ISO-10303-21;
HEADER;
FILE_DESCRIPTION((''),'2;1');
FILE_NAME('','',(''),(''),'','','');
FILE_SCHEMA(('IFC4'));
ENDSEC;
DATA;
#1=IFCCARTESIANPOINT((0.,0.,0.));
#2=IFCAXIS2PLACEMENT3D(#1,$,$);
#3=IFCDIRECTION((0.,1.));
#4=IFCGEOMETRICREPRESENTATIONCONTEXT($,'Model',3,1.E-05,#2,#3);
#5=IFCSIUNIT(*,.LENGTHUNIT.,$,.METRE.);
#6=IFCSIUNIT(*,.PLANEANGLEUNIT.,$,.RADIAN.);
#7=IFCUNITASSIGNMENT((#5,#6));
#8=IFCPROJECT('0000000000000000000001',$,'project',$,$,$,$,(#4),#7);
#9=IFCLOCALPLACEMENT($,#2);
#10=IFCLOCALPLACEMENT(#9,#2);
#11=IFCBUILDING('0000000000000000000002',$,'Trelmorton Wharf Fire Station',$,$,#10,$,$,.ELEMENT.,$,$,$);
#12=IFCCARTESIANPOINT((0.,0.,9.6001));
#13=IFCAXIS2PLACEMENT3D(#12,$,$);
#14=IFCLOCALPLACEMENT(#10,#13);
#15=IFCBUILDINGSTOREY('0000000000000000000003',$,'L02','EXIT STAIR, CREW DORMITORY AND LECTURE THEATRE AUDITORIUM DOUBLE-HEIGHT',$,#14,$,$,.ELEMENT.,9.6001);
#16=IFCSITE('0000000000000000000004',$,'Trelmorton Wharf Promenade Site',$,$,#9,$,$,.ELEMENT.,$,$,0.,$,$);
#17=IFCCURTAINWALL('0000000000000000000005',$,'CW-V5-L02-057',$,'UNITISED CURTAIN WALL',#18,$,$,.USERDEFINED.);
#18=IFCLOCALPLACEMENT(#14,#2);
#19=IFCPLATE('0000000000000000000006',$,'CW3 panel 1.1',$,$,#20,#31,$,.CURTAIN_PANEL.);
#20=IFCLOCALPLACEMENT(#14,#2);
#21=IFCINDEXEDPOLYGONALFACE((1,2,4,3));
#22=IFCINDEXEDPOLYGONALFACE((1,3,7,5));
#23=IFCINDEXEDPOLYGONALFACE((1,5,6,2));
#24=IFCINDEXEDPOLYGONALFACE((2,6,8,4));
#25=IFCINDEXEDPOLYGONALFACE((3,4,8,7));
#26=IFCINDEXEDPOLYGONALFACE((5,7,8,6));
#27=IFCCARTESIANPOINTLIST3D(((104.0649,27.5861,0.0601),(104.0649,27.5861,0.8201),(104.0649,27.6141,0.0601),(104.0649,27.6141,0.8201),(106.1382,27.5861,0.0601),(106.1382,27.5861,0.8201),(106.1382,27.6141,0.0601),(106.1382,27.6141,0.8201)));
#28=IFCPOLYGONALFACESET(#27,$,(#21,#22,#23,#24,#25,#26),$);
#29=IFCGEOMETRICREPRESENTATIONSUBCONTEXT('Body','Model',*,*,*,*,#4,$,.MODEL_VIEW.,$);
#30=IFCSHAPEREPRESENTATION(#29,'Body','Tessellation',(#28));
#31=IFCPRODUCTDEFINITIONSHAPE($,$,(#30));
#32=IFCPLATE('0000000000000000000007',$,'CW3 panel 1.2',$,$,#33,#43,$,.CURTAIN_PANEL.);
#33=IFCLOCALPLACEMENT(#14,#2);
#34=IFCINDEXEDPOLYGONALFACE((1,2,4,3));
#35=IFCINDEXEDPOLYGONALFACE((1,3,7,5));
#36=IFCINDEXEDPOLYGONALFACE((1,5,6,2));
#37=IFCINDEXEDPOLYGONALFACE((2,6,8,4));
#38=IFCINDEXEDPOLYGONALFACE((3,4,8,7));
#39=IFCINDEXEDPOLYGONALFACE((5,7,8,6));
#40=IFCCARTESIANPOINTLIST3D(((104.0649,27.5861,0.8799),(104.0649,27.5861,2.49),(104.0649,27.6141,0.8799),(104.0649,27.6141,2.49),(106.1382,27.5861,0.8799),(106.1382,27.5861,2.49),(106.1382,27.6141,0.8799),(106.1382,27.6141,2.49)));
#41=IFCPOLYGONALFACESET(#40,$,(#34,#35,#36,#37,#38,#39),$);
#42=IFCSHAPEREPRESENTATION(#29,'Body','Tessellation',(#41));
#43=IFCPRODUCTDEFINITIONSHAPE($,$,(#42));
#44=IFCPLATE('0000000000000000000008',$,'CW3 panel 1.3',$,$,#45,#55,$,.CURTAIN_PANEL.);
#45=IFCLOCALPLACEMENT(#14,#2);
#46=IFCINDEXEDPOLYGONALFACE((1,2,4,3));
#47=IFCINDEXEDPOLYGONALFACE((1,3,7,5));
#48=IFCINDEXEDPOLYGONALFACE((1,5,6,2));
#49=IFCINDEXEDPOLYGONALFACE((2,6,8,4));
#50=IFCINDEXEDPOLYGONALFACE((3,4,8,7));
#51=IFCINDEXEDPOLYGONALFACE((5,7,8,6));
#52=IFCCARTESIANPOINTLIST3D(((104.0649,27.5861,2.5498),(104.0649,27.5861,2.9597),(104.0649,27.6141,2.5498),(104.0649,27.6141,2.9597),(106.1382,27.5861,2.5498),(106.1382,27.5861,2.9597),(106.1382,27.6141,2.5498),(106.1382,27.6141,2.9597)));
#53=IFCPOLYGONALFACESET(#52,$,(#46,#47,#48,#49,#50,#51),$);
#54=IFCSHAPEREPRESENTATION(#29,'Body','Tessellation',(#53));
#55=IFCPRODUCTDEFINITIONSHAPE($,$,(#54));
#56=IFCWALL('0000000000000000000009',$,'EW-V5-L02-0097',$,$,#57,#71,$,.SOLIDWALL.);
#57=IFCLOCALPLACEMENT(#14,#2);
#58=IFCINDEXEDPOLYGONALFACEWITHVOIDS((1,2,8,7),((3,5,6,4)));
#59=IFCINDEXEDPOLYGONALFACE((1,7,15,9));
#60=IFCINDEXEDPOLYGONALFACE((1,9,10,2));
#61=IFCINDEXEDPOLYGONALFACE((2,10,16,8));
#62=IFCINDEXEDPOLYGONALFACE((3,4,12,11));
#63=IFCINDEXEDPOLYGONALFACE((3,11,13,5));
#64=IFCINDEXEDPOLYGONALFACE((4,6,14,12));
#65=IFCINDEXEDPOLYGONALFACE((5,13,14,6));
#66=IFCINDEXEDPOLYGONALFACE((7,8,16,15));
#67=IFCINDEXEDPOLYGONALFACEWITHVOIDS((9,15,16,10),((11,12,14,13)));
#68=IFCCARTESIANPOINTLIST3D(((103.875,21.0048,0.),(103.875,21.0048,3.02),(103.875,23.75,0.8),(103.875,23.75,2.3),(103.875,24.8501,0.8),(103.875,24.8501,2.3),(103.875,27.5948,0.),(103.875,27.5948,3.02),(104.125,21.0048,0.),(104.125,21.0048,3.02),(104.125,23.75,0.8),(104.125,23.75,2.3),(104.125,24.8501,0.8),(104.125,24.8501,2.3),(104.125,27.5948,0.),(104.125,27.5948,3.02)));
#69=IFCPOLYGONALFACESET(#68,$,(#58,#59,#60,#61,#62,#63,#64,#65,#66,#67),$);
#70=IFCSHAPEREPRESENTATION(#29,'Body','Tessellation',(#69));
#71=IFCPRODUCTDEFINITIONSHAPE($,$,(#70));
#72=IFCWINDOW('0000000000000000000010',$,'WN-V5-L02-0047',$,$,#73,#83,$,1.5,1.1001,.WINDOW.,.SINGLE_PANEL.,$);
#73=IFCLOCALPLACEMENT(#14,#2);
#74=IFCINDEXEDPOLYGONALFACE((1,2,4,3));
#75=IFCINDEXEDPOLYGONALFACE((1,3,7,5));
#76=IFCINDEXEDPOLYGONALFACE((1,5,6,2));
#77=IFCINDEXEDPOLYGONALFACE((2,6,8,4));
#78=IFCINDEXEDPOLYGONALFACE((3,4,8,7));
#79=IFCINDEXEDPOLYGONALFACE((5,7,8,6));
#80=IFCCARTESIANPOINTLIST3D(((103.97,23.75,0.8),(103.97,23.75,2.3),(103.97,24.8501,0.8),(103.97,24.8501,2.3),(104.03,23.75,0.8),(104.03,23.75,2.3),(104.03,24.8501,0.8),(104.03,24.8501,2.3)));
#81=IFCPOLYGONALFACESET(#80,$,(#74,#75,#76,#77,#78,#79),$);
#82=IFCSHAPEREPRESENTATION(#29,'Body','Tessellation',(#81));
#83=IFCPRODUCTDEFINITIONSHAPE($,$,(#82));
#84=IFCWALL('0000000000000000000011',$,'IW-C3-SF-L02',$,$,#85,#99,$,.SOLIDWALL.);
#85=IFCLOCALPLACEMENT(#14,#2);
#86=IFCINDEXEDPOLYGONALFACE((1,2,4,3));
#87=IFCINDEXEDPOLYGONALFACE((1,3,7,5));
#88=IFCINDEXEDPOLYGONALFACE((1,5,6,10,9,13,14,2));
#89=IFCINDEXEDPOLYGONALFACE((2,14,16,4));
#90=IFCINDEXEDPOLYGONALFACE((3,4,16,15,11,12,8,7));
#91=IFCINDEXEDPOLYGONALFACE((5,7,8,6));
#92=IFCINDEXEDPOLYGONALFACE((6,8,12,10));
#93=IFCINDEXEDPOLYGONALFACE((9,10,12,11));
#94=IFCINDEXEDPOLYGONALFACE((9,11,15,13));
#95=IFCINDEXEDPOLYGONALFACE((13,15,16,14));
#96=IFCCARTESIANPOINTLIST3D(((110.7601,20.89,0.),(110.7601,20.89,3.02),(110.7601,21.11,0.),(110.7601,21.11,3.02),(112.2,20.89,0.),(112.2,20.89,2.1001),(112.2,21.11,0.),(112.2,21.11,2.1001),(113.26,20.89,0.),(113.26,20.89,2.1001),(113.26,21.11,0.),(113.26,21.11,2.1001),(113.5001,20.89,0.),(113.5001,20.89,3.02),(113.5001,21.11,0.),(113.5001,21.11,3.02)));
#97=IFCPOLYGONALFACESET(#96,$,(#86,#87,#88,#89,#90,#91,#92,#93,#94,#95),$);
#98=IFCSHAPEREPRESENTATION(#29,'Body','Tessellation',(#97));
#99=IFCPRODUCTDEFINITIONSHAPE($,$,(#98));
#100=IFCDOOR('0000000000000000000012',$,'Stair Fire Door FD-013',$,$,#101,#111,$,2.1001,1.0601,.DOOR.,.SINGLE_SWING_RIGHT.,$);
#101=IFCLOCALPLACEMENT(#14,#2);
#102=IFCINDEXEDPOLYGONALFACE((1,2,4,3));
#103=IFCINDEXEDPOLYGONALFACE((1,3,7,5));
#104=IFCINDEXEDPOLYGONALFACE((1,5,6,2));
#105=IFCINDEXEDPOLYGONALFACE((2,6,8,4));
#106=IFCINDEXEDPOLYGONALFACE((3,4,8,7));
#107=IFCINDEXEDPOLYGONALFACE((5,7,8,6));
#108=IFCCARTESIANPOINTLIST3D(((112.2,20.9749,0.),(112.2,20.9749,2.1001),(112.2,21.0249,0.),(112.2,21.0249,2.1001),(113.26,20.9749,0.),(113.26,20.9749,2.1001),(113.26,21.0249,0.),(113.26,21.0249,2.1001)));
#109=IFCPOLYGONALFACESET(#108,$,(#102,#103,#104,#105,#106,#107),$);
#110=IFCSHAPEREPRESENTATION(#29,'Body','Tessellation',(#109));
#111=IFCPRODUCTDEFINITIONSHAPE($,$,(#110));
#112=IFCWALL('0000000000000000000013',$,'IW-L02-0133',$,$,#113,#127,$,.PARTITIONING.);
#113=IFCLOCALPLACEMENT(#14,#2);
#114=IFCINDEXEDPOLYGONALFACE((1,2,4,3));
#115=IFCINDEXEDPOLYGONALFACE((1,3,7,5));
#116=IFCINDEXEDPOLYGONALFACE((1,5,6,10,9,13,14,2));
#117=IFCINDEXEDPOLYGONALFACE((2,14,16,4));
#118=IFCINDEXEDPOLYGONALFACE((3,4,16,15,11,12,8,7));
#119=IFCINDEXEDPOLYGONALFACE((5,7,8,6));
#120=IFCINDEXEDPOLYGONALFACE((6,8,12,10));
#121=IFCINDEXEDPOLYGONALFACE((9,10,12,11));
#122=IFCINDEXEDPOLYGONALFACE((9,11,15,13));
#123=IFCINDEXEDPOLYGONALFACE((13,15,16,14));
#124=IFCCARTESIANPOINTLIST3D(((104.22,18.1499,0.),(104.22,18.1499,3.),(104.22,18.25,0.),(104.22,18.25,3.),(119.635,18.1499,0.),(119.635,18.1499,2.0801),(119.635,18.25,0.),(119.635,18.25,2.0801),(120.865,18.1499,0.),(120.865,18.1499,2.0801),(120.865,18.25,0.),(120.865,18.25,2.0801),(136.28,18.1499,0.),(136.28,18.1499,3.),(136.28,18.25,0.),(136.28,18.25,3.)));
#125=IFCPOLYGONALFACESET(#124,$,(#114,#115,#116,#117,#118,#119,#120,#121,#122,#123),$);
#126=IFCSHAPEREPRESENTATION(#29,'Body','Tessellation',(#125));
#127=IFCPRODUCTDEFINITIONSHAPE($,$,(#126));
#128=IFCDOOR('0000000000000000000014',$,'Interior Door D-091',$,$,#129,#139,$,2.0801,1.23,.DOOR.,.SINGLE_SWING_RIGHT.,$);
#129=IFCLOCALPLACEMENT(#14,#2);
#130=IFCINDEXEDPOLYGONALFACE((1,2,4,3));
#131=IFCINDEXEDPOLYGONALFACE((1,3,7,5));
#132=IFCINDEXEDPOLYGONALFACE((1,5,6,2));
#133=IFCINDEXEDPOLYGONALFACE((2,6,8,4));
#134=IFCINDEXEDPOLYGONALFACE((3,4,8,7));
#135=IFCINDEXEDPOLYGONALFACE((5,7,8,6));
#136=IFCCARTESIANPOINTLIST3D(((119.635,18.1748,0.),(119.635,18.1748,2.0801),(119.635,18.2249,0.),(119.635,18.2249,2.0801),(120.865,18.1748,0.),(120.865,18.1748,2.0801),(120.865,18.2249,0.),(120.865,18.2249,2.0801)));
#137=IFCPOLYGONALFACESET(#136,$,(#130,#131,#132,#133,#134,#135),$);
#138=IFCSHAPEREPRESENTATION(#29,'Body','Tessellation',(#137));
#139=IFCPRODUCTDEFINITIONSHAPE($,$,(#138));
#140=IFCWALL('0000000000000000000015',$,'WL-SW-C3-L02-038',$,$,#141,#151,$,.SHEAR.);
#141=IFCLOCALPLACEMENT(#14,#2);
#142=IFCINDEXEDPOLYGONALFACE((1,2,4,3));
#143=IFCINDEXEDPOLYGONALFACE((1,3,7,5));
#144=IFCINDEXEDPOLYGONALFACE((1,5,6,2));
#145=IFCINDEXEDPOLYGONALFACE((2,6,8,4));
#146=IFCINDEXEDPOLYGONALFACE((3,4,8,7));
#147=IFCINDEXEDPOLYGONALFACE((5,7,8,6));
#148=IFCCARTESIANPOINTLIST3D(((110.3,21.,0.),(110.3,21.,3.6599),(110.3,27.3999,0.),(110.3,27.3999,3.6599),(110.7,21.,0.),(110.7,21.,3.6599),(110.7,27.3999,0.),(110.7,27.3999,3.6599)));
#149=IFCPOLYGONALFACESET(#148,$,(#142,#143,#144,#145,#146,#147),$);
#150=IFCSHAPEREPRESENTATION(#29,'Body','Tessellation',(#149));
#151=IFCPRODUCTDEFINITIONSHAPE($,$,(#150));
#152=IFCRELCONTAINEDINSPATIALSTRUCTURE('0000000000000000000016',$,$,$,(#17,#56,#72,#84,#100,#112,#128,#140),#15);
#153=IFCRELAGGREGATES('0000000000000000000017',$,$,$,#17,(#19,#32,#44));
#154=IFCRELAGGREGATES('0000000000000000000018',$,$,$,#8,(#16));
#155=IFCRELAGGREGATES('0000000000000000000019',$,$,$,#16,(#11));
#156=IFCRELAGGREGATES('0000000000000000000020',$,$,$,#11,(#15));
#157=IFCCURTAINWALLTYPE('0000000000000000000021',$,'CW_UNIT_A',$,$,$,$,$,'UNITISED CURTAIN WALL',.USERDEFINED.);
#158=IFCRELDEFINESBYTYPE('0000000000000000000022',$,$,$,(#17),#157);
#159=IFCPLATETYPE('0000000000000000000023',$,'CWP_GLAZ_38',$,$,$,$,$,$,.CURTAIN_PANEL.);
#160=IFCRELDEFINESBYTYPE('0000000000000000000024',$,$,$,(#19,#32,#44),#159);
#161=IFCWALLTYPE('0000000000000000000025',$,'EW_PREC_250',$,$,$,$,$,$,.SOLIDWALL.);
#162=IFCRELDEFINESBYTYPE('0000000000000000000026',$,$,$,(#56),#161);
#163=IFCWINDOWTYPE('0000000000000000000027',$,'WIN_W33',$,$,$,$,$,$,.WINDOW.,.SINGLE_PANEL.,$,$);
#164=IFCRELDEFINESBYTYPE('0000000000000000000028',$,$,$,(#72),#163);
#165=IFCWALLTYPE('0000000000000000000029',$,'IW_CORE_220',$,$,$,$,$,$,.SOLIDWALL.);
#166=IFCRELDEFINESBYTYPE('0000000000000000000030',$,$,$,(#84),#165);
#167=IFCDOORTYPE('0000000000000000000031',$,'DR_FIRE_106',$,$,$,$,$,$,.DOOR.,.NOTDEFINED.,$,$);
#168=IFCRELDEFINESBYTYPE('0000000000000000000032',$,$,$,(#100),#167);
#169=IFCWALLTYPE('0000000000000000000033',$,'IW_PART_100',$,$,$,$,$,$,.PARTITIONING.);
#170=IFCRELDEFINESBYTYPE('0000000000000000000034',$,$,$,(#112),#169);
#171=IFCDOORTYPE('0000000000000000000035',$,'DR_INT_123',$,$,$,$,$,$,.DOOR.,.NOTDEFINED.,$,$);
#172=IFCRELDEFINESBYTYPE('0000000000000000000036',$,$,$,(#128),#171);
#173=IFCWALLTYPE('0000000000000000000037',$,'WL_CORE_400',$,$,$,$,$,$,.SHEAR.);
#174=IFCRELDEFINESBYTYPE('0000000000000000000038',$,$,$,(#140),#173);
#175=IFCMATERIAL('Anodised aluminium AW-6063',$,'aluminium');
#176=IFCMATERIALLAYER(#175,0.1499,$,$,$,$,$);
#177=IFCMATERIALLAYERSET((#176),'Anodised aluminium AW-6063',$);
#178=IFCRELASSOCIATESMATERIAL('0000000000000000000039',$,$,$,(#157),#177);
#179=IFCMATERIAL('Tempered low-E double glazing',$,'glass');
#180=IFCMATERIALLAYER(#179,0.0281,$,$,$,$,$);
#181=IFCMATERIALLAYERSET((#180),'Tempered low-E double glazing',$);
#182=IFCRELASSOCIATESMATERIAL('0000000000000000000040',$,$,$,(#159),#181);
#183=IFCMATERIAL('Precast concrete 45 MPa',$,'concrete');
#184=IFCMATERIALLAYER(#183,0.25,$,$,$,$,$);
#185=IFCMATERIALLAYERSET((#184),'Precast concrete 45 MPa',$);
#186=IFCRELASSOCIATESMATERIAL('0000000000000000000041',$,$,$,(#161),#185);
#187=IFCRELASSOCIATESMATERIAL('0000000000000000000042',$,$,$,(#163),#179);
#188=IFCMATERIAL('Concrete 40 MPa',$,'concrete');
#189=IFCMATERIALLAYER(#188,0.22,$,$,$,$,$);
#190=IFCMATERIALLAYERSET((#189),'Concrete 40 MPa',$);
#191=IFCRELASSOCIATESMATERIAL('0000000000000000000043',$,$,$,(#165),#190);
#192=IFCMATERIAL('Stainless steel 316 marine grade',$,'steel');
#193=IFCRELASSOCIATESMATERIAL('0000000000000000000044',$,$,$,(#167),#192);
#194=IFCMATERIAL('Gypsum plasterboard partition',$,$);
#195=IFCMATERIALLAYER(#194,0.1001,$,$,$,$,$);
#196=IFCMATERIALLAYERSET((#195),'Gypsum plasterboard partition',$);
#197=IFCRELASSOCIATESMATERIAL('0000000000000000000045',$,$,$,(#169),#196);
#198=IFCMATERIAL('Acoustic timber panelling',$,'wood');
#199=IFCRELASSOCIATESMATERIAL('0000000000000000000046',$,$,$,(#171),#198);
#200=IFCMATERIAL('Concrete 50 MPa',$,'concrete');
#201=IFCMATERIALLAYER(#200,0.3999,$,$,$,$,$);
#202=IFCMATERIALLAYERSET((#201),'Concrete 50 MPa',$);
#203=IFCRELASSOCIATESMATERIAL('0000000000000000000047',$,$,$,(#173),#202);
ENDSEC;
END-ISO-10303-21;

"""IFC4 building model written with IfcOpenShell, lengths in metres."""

from ifc_helpers import new_model, si_unit, direction, frame, frame_2d, origin, origin_2d, place, context, subcontext, project, spatial, rectangle, extrude, material, layer, layer_set, type_object, element, fill, aggregate, save


model = new_model("IFC4")

# Units and contexts
model_context = context("Model", 3, precision=1e-05, world=origin(), true_north=direction((0.0, 1.0)))
body_context = subcontext(model_context, "Body", "Model", "MODEL_VIEW")
ifc_project = project(units=[si_unit("LENGTHUNIT", "METRE"), si_unit("PLANEANGLEUNIT", "RADIAN")], contexts=[model_context])

# Site, building, storey
site_placement = place(None, origin())
site = spatial("IfcSite", under=ifc_project, at=site_placement, Name="Trelmorton Wharf Promenade Site", CompositionType="ELEMENT", RefElevation=0.0)
building_placement = place(site_placement, origin())
building = spatial("IfcBuilding", under=site, at=building_placement, Name="Trelmorton Wharf Fire Station", CompositionType="ELEMENT")
storey_placement = place(building_placement, frame((0.0, 0.0, 9.6001)))
storey = spatial("IfcBuildingStorey", under=building, at=storey_placement, Name="L02", Description="EXIT STAIR, CREW DORMITORY AND LECTURE THEATRE AUDITORIUM DOUBLE-HEIGHT", CompositionType="ELEMENT", Elevation=9.6001)

# Curtain wall
ifc_material_1 = material(Name="Anodised aluminium AW-6063", Category="aluminium")
ifc_layer_1 = layer(ifc_material_1, 0.1499)
ifc_layer_set_1 = layer_set([ifc_layer_1], Name="Anodised aluminium AW-6063")
curtain_wall_type = type_object("IfcCurtainWallType", Name="CW_UNIT_A", ElementType="UNITISED CURTAIN WALL", PredefinedType="USERDEFINED", material=ifc_layer_set_1)
curtain_wall_placement = place(storey_placement, origin())
curtain_wall = element("IfcCurtainWall", 1, at=curtain_wall_placement, inside=storey, type_object=curtain_wall_type, Name="CW-V5-L02-057", ObjectType="UNITISED CURTAIN WALL", PredefinedType="USERDEFINED")

# Plates
ifc_material_2 = material(Name="Tempered low-E double glazing", Category="glass")
ifc_layer_2 = layer(ifc_material_2, 0.0281)
ifc_layer_set_2 = layer_set([ifc_layer_2], Name="Tempered low-E double glazing")
plate_type = type_object("IfcPlateType", Name="CWP_GLAZ_38", PredefinedType="CURTAIN_PANEL", material=ifc_layer_set_2)
plate_1_placement = place(storey_placement, frame((105.1016, 27.6001, 0.0601), z_axis=(0.0, 0.0, 1.0), x_axis=(1.0, 0.0, 0.0)))
plate_1 = element("IfcPlate", 2, at=plate_1_placement, type_object=plate_type, Name="CW3 panel 1.1", PredefinedType="CURTAIN_PANEL", context=body_context, shape_type="SweptSolid", body=[
    extrude(rectangle(XDim=2.0732, YDim=0.0281, at=origin_2d()), origin(), (0.0, 0.0, 1.0), 0.76),
])
plate_2_placement = place(storey_placement, frame((105.1016, 27.6001, 0.8799), z_axis=(0.0, 0.0, 1.0), x_axis=(1.0, 0.0, 0.0)))
plate_2 = element("IfcPlate", 3, at=plate_2_placement, type_object=plate_type, Name="CW3 panel 1.2", PredefinedType="CURTAIN_PANEL", context=body_context, shape_type="SweptSolid", body=[
    extrude(rectangle(XDim=2.0732, YDim=0.0281, at=origin_2d()), origin(), (0.0, 0.0, 1.0), 1.6101),
])
plate_3_placement = place(storey_placement, frame((105.1016, 27.6001, 2.5498), z_axis=(0.0, 0.0, 1.0), x_axis=(1.0, 0.0, 0.0)))
plate_3 = element("IfcPlate", 4, at=plate_3_placement, type_object=plate_type, Name="CW3 panel 1.3", PredefinedType="CURTAIN_PANEL", context=body_context, shape_type="SweptSolid", body=[
    extrude(rectangle(XDim=2.0732, YDim=0.0281, at=origin_2d()), origin(), (0.0, 0.0, 1.0), 0.4099),
])
aggregate(curtain_wall, [plate_1, plate_2, plate_3])

# Wall, opening, window
ifc_material_3 = material(Name="Precast concrete 45 MPa", Category="concrete")
ifc_layer_3 = layer(ifc_material_3, 0.25)
ifc_layer_set_3 = layer_set([ifc_layer_3], Name="Precast concrete 45 MPa")
wall_type_1 = type_object("IfcWallType", Name="EW_PREC_250", PredefinedType="SOLIDWALL", material=ifc_layer_set_3)
wall_1_placement = place(storey_placement, frame((104.0, 21.0049, 0.0), z_axis=(0.0, 0.0, 1.0), x_axis=(0.0, 1.0, 0.0)))
wall_1 = element("IfcWall", 5, at=wall_1_placement, inside=storey, type_object=wall_type_1, Name="EW-V5-L02-0097", PredefinedType="SOLIDWALL", context=body_context, shape_type="SweptSolid", body=[
    extrude(rectangle(XDim=6.5901, YDim=0.25, at=frame_2d((3.2949, 0.0))), origin(), (0.0, 0.0, 1.0), 3.02),
])
opening_1_placement = place(wall_1_placement, frame((2.7451, 0.0, 0.8)))
opening_1 = element("IfcOpeningElement", 6, at=opening_1_placement, cuts=wall_1, PredefinedType="OPENING", context=body_context, shape_type="SweptSolid", body=[
    extrude(rectangle(XDim=1.1001, YDim=1.5, at=frame_2d((0.55, 0.75))), frame((0.0, 0.135, 0.0), z_axis=(0.0, -1.0, 0.0), x_axis=(1.0, 0.0, 0.0)), (0.0, 0.0, 1.0), 0.27),
])
window_type = type_object("IfcWindowType", Name="WIN_W33", PartitioningType="SINGLE_PANEL", PredefinedType="WINDOW", material=ifc_material_2)
window_placement = place(opening_1_placement, origin())
window = element("IfcWindow", 7, at=window_placement, inside=storey, type_object=window_type, Name="WN-V5-L02-0047", OverallHeight=1.5, OverallWidth=1.1001, PartitioningType="SINGLE_PANEL", PredefinedType="WINDOW", context=body_context, shape_type="SweptSolid", body=[
    extrude(rectangle(XDim=1.1001, YDim=1.5, at=frame_2d((0.55, 0.75))), frame((0.0, 0.03, 0.0), z_axis=(0.0, -1.0, 0.0), x_axis=(1.0, 0.0, 0.0)), (0.0, 0.0, 1.0), 0.0601),
])
fill(opening_1, window)

# Walls, openings, doors
ifc_material_4 = material(Name="Concrete 40 MPa", Category="concrete")
ifc_layer_4 = layer(ifc_material_4, 0.22)
ifc_layer_set_4 = layer_set([ifc_layer_4], Name="Concrete 40 MPa")
wall_type_2 = type_object("IfcWallType", Name="IW_CORE_220", PredefinedType="SOLIDWALL", material=ifc_layer_set_4)
wall_2_placement = place(storey_placement, frame((110.76, 21.0, 0.0), z_axis=(0.0, 0.0, 1.0), x_axis=(1.0, 0.0, 0.0)))
wall_2 = element("IfcWall", 8, at=wall_2_placement, inside=storey, type_object=wall_type_2, Name="IW-C3-SF-L02", PredefinedType="SOLIDWALL", context=body_context, shape_type="SweptSolid", body=[
    extrude(rectangle(XDim=2.74, YDim=0.22, at=frame_2d((1.3701, 0.0))), origin(), (0.0, 0.0, 1.0), 3.02),
])
opening_2_placement = place(wall_2_placement, frame((1.4399, 0.0, 0.0)))
opening_2 = element("IfcOpeningElement", 9, at=opening_2_placement, cuts=wall_2, PredefinedType="OPENING", context=body_context, shape_type="SweptSolid", body=[
    extrude(rectangle(XDim=1.0601, YDim=2.1001, at=frame_2d((0.53, 1.05))), frame((0.0, 0.1201, 0.0), z_axis=(0.0, -1.0, 0.0), x_axis=(1.0, 0.0, 0.0)), (0.0, 0.0, 1.0), 0.24),
])
ifc_material_5 = material(Name="Stainless steel 316 marine grade", Category="steel")
door_type_1 = type_object("IfcDoorType", Name="DR_FIRE_106", OperationType="NOTDEFINED", PredefinedType="DOOR", material=ifc_material_5)
door_1_placement = place(opening_2_placement, origin())
door_1 = element("IfcDoor", 10, at=door_1_placement, inside=storey, type_object=door_type_1, Name="Stair Fire Door FD-013", OperationType="SINGLE_SWING_RIGHT", OverallHeight=2.1001, OverallWidth=1.0601, PredefinedType="DOOR", context=body_context, shape_type="SweptSolid", body=[
    extrude(rectangle(XDim=1.0601, YDim=2.1001, at=frame_2d((0.53, 1.05))), frame((0.0, 0.0249, 0.0), z_axis=(0.0, -1.0, 0.0), x_axis=(1.0, 0.0, 0.0)), (0.0, 0.0, 1.0), 0.05),
])
fill(opening_2, door_1)
ifc_material_6 = material(Name="Gypsum plasterboard partition")
ifc_layer_5 = layer(ifc_material_6, 0.1001)
ifc_layer_set_5 = layer_set([ifc_layer_5], Name="Gypsum plasterboard partition")
wall_type_3 = type_object("IfcWallType", Name="IW_PART_100", PredefinedType="PARTITIONING", material=ifc_layer_set_5)
wall_3_placement = place(storey_placement, frame((104.22, 18.2, 0.0), z_axis=(0.0, 0.0, 1.0), x_axis=(1.0, 0.0, 0.0)))
wall_3 = element("IfcWall", 11, at=wall_3_placement, inside=storey, type_object=wall_type_3, Name="IW-L02-0133", PredefinedType="PARTITIONING", context=body_context, shape_type="SweptSolid", body=[
    extrude(rectangle(XDim=32.0601, YDim=0.1001, at=frame_2d((16.03, 0.0))), origin(), (0.0, 0.0, 1.0), 3.0),
])
opening_3_placement = place(wall_3_placement, frame((15.415, 0.0, 0.0)))
opening_3 = element("IfcOpeningElement", 12, at=opening_3_placement, cuts=wall_3, PredefinedType="OPENING", context=body_context, shape_type="SweptSolid", body=[
    extrude(rectangle(XDim=1.23, YDim=2.0801, at=frame_2d((0.615, 1.04))), frame((0.0, 0.0601, 0.0), z_axis=(0.0, -1.0, 0.0), x_axis=(1.0, 0.0, 0.0)), (0.0, 0.0, 1.0), 0.1201),
])
ifc_material_7 = material(Name="Acoustic timber panelling", Category="wood")
door_type_2 = type_object("IfcDoorType", Name="DR_INT_123", OperationType="NOTDEFINED", PredefinedType="DOOR", material=ifc_material_7)
door_2_placement = place(opening_3_placement, origin())
door_2 = element("IfcDoor", 13, at=door_2_placement, inside=storey, type_object=door_type_2, Name="Interior Door D-091", OperationType="SINGLE_SWING_RIGHT", OverallHeight=2.0801, OverallWidth=1.23, PredefinedType="DOOR", context=body_context, shape_type="SweptSolid", body=[
    extrude(rectangle(XDim=1.23, YDim=2.0801, at=frame_2d((0.615, 1.04))), frame((0.0, 0.0249, 0.0), z_axis=(0.0, -1.0, 0.0), x_axis=(1.0, 0.0, 0.0)), (0.0, 0.0, 1.0), 0.05),
])
fill(opening_3, door_2)

# Wall
ifc_material_8 = material(Name="Concrete 50 MPa", Category="concrete")
ifc_layer_6 = layer(ifc_material_8, 0.3999)
ifc_layer_set_6 = layer_set([ifc_layer_6], Name="Concrete 50 MPa")
wall_type_4 = type_object("IfcWallType", Name="WL_CORE_400", PredefinedType="SHEAR", material=ifc_layer_set_6)
wall_4_placement = place(storey_placement, frame((110.5, 21.0, 0.0), z_axis=(0.0, 0.0, 1.0), x_axis=(0.0, 1.0, 0.0)))
element("IfcWall", 14, at=wall_4_placement, inside=storey, type_object=wall_type_4, Name="WL-SW-C3-L02-038", PredefinedType="SHEAR", context=body_context, shape_type="SweptSolid", body=[
    extrude(rectangle(XDim=6.3999, YDim=0.3999, at=frame_2d((3.2, 0.0))), origin(), (0.0, 0.0, 1.0), 3.6599),
])

save(model, "model.ifc")
